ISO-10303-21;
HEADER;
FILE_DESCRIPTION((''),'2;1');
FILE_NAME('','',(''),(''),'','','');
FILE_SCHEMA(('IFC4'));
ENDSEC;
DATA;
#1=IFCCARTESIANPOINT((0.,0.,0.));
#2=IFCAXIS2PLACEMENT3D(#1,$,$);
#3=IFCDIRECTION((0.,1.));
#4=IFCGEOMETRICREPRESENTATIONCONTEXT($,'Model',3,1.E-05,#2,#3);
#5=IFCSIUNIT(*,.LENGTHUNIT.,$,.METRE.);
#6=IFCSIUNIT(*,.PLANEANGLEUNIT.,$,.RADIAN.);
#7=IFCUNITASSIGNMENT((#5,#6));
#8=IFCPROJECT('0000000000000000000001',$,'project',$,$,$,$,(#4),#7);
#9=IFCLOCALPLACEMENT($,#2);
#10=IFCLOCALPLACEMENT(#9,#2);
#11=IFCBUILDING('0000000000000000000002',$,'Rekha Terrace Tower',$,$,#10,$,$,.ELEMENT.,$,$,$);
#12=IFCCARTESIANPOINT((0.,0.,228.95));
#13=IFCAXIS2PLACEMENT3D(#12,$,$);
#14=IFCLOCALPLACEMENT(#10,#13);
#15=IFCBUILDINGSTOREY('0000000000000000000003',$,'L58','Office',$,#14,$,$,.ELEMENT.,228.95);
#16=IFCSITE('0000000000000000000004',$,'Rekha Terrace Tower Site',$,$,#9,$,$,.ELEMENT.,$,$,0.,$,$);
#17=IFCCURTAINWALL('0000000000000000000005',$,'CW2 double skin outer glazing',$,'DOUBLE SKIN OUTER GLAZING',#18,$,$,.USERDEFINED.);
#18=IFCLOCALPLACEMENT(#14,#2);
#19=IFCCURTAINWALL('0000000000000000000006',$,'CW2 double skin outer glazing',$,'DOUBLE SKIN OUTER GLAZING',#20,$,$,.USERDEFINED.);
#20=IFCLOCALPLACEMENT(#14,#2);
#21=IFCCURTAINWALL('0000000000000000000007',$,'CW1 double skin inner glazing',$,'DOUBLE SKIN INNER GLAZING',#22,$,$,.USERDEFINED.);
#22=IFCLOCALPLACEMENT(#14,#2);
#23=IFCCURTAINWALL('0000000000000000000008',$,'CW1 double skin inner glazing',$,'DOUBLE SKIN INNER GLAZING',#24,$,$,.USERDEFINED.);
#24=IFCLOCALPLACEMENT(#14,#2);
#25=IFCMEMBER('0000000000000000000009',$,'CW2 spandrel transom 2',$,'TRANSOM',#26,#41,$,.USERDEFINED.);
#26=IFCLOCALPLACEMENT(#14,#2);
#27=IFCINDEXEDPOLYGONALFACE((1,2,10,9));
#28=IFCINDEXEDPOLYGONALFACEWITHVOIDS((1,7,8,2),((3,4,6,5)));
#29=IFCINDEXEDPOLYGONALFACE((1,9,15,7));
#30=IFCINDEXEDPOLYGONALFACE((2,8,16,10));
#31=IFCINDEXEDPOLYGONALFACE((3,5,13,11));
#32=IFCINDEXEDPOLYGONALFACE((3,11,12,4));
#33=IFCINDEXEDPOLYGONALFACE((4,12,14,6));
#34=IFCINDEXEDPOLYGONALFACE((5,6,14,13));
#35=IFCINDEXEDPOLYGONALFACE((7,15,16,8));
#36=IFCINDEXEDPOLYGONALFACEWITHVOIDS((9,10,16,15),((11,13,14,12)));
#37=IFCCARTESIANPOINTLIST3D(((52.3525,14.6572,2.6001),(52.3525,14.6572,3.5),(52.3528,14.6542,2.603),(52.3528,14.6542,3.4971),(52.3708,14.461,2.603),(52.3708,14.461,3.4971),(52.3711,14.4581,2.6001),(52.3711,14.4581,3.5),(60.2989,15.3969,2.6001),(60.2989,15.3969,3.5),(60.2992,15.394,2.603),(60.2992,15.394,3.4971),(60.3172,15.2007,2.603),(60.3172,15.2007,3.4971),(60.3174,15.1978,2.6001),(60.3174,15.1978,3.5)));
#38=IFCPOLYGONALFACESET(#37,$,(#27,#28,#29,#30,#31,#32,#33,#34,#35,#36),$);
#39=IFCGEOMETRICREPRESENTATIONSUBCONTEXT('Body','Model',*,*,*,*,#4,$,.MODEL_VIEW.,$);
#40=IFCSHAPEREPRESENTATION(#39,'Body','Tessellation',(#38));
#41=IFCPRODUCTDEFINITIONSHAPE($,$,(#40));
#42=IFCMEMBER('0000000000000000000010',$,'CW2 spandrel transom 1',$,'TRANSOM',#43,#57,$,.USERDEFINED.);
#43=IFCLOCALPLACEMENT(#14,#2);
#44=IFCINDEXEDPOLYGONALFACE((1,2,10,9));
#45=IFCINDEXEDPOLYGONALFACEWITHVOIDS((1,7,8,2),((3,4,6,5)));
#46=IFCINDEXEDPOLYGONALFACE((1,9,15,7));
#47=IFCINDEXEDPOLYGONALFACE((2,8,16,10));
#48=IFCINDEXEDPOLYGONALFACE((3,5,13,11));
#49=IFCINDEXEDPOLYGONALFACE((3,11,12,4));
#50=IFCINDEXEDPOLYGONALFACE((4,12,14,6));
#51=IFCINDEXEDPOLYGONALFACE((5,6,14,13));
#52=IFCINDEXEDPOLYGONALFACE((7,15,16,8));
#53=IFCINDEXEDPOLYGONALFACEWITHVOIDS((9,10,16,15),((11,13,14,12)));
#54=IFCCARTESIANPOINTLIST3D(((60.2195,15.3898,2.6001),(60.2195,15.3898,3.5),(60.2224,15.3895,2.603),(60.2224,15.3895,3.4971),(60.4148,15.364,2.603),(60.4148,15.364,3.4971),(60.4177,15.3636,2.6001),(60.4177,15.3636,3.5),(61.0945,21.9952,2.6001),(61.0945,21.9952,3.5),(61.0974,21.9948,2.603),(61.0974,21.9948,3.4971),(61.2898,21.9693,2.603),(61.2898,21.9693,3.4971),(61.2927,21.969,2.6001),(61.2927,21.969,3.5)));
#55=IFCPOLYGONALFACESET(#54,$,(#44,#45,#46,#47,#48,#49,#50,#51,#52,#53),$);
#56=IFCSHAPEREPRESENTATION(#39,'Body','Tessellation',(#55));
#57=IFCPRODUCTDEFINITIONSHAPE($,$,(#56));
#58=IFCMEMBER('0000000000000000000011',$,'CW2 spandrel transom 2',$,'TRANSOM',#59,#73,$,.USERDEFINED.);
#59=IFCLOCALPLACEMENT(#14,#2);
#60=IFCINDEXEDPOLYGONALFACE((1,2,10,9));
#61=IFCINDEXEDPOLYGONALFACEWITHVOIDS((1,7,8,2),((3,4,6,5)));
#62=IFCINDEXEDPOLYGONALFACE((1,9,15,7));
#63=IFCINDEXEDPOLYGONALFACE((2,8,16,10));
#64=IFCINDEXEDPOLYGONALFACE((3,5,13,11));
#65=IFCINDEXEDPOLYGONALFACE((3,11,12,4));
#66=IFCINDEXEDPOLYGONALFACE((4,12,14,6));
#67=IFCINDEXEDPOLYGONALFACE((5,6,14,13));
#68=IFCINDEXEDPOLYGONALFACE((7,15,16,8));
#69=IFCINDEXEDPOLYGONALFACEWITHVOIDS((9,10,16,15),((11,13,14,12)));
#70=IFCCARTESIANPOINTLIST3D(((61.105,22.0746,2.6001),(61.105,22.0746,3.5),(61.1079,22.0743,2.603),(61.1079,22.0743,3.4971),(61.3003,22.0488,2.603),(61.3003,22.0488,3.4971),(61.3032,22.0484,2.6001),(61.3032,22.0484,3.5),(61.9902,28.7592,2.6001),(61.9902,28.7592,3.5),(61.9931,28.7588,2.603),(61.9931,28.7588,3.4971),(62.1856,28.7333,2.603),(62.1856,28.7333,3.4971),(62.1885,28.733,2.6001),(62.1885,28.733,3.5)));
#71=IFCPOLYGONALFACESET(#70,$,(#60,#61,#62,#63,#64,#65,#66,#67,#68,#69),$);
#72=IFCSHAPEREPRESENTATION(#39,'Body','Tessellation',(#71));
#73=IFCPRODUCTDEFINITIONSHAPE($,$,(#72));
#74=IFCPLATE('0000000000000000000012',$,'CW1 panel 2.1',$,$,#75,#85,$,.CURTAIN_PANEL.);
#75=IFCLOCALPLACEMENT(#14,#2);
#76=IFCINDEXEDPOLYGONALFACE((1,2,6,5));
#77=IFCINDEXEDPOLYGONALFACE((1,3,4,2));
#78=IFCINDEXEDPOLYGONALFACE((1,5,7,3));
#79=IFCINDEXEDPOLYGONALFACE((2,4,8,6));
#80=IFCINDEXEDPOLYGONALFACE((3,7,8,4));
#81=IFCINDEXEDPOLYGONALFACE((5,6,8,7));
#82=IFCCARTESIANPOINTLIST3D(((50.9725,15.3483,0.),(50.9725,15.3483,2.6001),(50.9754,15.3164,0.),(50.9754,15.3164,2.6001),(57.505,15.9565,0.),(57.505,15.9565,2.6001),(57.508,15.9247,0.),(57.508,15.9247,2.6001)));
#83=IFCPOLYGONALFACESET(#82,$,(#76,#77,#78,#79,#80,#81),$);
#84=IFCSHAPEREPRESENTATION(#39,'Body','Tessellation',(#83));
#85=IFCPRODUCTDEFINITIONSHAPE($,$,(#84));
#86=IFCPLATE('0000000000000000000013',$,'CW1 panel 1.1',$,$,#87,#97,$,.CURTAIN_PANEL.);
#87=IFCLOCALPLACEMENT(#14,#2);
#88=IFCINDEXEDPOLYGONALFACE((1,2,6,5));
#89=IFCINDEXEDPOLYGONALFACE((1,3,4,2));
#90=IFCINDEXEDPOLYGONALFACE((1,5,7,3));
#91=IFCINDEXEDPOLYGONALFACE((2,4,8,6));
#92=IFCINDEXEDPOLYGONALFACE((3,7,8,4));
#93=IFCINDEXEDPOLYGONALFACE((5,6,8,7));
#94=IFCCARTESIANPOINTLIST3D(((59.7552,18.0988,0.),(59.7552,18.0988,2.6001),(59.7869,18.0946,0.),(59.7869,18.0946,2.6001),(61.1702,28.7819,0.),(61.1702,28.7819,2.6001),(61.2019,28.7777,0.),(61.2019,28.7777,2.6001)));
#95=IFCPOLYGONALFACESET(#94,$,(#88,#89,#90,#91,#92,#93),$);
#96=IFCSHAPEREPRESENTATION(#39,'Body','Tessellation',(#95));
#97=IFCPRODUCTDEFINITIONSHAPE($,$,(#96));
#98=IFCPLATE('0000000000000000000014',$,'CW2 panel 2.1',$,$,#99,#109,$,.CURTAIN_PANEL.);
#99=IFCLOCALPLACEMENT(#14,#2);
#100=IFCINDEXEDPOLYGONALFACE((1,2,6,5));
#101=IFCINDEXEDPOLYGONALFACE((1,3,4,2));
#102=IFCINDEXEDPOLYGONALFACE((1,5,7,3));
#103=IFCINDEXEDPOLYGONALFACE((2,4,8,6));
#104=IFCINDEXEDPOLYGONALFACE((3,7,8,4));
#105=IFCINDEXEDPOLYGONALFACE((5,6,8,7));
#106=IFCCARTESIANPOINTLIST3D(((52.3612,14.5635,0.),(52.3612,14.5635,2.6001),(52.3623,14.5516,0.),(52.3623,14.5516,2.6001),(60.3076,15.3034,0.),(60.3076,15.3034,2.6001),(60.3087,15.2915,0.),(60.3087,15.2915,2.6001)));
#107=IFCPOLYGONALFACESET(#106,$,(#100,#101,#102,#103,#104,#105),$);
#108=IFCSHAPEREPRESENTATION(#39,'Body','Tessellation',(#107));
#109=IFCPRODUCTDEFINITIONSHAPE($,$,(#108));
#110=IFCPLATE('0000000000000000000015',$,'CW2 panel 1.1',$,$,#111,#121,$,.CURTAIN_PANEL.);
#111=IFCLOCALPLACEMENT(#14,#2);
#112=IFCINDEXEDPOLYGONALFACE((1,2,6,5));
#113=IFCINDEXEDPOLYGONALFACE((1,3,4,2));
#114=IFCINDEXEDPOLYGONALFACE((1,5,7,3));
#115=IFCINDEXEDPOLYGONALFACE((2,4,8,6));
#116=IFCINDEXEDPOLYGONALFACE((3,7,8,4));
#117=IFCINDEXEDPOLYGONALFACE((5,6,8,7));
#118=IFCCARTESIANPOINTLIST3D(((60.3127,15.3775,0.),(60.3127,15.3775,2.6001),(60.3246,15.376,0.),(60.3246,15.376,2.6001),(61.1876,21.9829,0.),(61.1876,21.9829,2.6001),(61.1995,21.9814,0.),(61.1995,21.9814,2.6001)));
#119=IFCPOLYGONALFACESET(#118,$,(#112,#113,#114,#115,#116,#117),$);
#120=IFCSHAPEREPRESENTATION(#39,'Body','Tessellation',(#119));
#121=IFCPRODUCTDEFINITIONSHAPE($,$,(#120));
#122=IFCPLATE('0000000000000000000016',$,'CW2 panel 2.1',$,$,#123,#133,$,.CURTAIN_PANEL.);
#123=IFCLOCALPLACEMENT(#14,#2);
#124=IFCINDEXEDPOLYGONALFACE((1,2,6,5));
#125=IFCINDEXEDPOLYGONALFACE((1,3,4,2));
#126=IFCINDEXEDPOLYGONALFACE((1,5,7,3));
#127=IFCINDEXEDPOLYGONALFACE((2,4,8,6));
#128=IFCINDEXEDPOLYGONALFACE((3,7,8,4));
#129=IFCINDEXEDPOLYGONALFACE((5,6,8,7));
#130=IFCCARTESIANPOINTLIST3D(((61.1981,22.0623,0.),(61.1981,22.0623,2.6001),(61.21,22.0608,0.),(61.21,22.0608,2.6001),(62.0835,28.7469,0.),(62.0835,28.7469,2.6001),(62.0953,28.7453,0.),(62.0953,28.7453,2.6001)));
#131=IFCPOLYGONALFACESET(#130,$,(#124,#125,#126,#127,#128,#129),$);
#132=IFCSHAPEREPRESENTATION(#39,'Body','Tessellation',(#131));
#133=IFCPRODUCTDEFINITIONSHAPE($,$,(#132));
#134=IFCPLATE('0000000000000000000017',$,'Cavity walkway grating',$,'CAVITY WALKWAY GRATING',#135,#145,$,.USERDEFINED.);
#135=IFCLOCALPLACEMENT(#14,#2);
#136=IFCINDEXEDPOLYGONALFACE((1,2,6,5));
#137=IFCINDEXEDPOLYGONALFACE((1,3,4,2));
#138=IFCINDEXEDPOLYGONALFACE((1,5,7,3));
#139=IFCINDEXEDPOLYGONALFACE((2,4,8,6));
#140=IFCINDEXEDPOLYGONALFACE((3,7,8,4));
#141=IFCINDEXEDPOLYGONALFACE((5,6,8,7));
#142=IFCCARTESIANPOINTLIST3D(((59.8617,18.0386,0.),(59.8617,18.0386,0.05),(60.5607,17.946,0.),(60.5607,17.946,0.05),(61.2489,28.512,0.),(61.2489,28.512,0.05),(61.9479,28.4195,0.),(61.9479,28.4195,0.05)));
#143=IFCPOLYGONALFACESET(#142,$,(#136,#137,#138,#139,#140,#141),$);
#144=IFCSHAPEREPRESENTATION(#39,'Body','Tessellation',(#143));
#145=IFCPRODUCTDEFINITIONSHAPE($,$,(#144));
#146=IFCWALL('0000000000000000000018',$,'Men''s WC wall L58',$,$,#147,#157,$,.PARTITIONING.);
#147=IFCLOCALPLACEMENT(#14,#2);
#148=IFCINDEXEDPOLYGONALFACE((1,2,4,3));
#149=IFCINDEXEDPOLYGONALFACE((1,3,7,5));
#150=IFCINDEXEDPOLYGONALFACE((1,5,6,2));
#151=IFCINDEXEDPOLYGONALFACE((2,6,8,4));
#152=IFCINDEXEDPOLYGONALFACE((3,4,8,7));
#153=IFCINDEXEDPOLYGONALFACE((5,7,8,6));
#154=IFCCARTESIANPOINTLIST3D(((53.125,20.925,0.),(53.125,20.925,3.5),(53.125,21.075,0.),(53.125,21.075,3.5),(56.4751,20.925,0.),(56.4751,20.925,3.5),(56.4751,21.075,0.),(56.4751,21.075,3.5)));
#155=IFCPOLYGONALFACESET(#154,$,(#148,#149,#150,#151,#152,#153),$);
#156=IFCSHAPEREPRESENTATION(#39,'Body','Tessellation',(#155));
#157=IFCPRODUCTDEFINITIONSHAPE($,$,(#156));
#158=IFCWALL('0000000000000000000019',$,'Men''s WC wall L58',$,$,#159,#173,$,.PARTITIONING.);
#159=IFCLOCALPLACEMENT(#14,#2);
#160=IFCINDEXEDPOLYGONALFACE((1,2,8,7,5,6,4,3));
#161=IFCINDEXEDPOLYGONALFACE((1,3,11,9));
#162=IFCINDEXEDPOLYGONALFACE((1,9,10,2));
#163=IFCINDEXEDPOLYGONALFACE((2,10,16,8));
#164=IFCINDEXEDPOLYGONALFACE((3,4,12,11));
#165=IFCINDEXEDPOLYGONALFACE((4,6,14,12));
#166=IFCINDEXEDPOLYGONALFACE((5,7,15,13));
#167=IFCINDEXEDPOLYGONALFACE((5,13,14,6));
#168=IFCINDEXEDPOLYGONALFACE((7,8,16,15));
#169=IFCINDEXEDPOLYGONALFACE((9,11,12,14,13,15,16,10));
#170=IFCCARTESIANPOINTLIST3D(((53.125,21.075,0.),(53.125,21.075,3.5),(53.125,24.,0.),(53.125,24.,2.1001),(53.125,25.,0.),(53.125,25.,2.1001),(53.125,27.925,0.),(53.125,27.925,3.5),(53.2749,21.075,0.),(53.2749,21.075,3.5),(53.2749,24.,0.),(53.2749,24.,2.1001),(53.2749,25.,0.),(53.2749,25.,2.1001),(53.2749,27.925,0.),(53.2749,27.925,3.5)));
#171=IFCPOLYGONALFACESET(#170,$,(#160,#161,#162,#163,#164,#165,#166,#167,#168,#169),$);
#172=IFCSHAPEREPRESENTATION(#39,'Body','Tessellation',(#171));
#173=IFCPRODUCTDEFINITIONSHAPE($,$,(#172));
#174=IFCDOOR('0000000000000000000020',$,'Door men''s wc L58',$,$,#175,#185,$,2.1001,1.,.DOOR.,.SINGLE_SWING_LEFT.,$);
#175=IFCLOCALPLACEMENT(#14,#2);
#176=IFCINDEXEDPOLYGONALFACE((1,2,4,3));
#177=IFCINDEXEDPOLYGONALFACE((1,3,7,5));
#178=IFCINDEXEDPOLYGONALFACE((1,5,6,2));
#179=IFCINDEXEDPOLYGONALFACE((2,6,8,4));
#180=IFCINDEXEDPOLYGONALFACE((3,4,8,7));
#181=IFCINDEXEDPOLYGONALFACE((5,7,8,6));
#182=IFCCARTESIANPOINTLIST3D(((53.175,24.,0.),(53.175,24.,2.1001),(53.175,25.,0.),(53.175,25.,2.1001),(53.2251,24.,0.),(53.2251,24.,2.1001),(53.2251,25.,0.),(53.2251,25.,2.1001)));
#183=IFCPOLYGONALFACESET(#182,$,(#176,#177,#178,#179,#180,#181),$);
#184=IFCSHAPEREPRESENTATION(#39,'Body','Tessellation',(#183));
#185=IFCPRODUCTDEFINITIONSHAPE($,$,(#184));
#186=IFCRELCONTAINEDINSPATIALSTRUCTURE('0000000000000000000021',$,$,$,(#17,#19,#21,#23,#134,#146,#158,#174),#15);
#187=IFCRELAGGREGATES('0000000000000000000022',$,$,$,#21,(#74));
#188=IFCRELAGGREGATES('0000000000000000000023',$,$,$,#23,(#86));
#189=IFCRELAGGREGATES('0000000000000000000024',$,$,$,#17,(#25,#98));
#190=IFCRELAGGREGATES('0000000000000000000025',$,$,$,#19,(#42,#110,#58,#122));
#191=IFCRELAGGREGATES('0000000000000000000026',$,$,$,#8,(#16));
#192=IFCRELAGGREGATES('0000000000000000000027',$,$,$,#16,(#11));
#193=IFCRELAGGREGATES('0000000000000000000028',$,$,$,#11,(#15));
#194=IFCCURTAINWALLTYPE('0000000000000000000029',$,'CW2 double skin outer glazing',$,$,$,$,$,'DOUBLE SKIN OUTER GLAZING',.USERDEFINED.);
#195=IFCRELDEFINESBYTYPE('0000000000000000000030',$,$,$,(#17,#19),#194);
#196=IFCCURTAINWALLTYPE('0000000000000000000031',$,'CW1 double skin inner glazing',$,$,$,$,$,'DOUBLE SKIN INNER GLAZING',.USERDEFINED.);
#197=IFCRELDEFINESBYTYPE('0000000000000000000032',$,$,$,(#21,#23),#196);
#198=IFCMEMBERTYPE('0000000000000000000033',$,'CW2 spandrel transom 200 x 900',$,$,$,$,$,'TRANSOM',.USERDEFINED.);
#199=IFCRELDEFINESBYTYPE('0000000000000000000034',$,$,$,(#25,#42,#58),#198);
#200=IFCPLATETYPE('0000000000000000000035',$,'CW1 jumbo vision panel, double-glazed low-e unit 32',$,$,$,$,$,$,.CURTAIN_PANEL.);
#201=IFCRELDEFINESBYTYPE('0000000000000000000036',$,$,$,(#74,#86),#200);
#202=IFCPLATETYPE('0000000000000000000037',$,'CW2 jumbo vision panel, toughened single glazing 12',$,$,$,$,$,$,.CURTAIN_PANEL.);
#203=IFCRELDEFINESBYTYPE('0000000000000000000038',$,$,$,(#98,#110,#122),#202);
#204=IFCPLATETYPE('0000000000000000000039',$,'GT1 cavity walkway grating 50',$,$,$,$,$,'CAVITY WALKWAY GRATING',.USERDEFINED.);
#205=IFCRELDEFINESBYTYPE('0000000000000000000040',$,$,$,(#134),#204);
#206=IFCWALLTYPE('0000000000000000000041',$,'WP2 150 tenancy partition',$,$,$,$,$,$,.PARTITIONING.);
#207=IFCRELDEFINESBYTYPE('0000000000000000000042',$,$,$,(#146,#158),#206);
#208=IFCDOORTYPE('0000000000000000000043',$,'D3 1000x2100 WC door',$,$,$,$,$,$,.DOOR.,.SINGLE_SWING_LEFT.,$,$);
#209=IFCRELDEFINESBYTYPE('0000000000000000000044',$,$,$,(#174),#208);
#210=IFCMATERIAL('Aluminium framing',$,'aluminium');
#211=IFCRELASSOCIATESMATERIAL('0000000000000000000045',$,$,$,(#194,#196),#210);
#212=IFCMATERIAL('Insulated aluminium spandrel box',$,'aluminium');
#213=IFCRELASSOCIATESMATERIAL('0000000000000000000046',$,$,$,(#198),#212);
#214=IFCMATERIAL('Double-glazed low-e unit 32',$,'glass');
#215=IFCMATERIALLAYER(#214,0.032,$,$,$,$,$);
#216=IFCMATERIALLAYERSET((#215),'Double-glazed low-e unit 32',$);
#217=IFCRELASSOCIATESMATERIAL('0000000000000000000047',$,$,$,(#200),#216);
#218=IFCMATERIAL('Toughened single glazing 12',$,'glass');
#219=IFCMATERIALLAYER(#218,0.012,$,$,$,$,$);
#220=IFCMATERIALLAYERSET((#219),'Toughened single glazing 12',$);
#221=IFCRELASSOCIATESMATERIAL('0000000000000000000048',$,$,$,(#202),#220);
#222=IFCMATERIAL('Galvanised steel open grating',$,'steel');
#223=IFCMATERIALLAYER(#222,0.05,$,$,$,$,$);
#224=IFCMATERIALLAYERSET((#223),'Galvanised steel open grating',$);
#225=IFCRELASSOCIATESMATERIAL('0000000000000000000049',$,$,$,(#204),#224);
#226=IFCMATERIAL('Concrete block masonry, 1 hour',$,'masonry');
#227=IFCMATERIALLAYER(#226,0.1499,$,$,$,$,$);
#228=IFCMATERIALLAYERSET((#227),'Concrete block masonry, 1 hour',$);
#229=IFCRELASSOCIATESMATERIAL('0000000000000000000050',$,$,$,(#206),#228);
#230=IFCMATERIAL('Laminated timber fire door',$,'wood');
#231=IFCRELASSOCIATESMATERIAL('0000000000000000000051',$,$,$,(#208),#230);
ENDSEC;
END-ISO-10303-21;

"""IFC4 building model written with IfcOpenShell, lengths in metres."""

from ifc_helpers import new_model, si_unit, direction, frame, frame_2d, origin, origin_2d, place, context, subcontext, project, spatial, rectangle, hollow_rectangle, extrude, material, layer, layer_set, material_profile, profile_set, type_object, element, fill, aggregate, save


model = new_model("IFC4")

# Units and contexts
model_context = context("Model", 3, precision=1e-05, world=origin(), true_north=direction((0.0, 1.0)))
body_context = subcontext(model_context, "Body", "Model", "MODEL_VIEW")
ifc_project = project(units=[si_unit("LENGTHUNIT", "METRE"), si_unit("PLANEANGLEUNIT", "RADIAN")], contexts=[model_context])

# Site, building, storey
site_placement = place(None, origin())
site = spatial("IfcSite", under=ifc_project, at=site_placement, Name="Rekha Terrace Tower Site", CompositionType="ELEMENT", RefElevation=0.0)
building_placement = place(site_placement, origin())
building = spatial("IfcBuilding", under=site, at=building_placement, Name="Rekha Terrace Tower", CompositionType="ELEMENT")
storey_placement = place(building_placement, frame((0.0, 0.0, 228.95)))
storey = spatial("IfcBuildingStorey", under=building, at=storey_placement, Name="L58", Description="Office", CompositionType="ELEMENT", Elevation=228.95)

# Curtain walls
ifc_material_1 = material(Name="Aluminium framing", Category="aluminium")
curtain_wall_type_1 = type_object("IfcCurtainWallType", Name="CW2 double skin outer glazing", ElementType="DOUBLE SKIN OUTER GLAZING", PredefinedType="USERDEFINED", material=ifc_material_1)
curtain_wall_1_placement = place(storey_placement, origin())
curtain_wall_1 = element("IfcCurtainWall", 1, at=curtain_wall_1_placement, inside=storey, type_object=curtain_wall_type_1, Name="CW2 double skin outer glazing", ObjectType="DOUBLE SKIN OUTER GLAZING", PredefinedType="USERDEFINED")
curtain_wall_2_placement = place(storey_placement, origin())
curtain_wall_2 = element("IfcCurtainWall", 2, at=curtain_wall_2_placement, inside=storey, type_object=curtain_wall_type_1, Name="CW2 double skin outer glazing", ObjectType="DOUBLE SKIN OUTER GLAZING", PredefinedType="USERDEFINED")
curtain_wall_type_2 = type_object("IfcCurtainWallType", Name="CW1 double skin inner glazing", ElementType="DOUBLE SKIN INNER GLAZING", PredefinedType="USERDEFINED", material=ifc_material_1)
curtain_wall_3_placement = place(storey_placement, origin())
curtain_wall_3 = element("IfcCurtainWall", 3, at=curtain_wall_3_placement, inside=storey, type_object=curtain_wall_type_2, Name="CW1 double skin inner glazing", ObjectType="DOUBLE SKIN INNER GLAZING", PredefinedType="USERDEFINED")

# Curtain wall
curtain_wall_4_placement = place(storey_placement, origin())
curtain_wall_4 = element("IfcCurtainWall", 4, at=curtain_wall_4_placement, inside=storey, type_object=curtain_wall_type_2, Name="CW1 double skin inner glazing", ObjectType="DOUBLE SKIN INNER GLAZING", PredefinedType="USERDEFINED")
ifc_material_2 = material(Name="Insulated aluminium spandrel box", Category="aluminium")

# Members
ifc_material_profile_1 = material_profile(ifc_material_2, hollow_rectangle(XDim=0.2, YDim=0.8999, WallThickness=0.0029, at=origin_2d()), Name="AL SPANDREL BOX 200x900")
ifc_profile_set_1 = profile_set([ifc_material_profile_1], Name="Insulated aluminium spandrel box")
member_type_1 = type_object("IfcMemberType", Name="CW2 spandrel transom 200 x 900", ElementType="TRANSOM", PredefinedType="USERDEFINED", material=ifc_profile_set_1)
member_1_placement = place(storey_placement, frame((52.3618, 14.5576, 3.05), z_axis=(0.995695, 0.092692, 0.0), x_axis=(-0.092692, 0.995695, 0.0)))
member_1 = element("IfcMember", 5, at=member_1_placement, type_object=member_type_1, Name="CW2 spandrel transom 2", ObjectType="TRANSOM", PredefinedType="USERDEFINED", context=body_context, shape_type="SweptSolid", body=[
    extrude(hollow_rectangle(XDim=0.2, YDim=0.8999, WallThickness=0.0029, at=origin_2d()), origin(), (0.0, 0.0, 1.0), 7.9807),
])
member_2_placement = place(storey_placement, frame((60.3186, 15.3767, 3.05), z_axis=(0.131319, 0.99134, 0.0), x_axis=(-0.99134, 0.131319, 0.0)))
member_2 = element("IfcMember", 6, at=member_2_placement, type_object=member_type_1, Name="CW2 spandrel transom 1", ObjectType="TRANSOM", PredefinedType="USERDEFINED", context=body_context, shape_type="SweptSolid", body=[
    extrude(hollow_rectangle(XDim=0.2, YDim=0.8999, WallThickness=0.0029, at=origin_2d()), origin(), (0.0, 0.0, 1.0), 6.6631),
])
member_3_placement = place(storey_placement, frame((61.2041, 22.0615, 3.05), z_axis=(0.131286, 0.991345, 0.0), x_axis=(-0.991345, 0.131286, 0.0)))
member_3 = element("IfcMember", 7, at=member_3_placement, type_object=member_type_1, Name="CW2 spandrel transom 2", ObjectType="TRANSOM", PredefinedType="USERDEFINED", context=body_context, shape_type="SweptSolid", body=[
    extrude(hollow_rectangle(XDim=0.2, YDim=0.8999, WallThickness=0.0029, at=origin_2d()), origin(), (0.0, 0.0, 1.0), 6.7429),
])

# Plates
ifc_material_3 = material(Name="Double-glazed low-e unit 32", Category="glass")
ifc_layer_1 = layer(ifc_material_3, 0.032)
ifc_layer_set_1 = layer_set([ifc_layer_1], Name="Double-glazed low-e unit 32")
plate_type_1 = type_object("IfcPlateType", Name="CW1 jumbo vision panel, double-glazed low-e unit 32", PredefinedType="CURTAIN_PANEL", material=ifc_layer_set_1)
plate_1_placement = place(storey_placement, frame((54.2402, 15.6365, 0.0), z_axis=(0.0, 0.0, 1.0), x_axis=(0.995693, 0.092709, 0.0)))
plate_1 = element("IfcPlate", 8, at=plate_1_placement, type_object=plate_type_1, Name="CW1 panel 2.1", PredefinedType="CURTAIN_PANEL", context=body_context, shape_type="SweptSolid", body=[
    extrude(rectangle(XDim=6.5608, YDim=0.032, at=origin_2d()), origin(), (0.0, 0.0, 1.0), 2.6001),
])
aggregate(curtain_wall_3, [plate_1])
plate_2_placement = place(storey_placement, frame((60.4785, 23.4382, 0.0), z_axis=(0.0, 0.0, 1.0), x_axis=(0.131304, 0.991342, 0.0)))
plate_2 = element("IfcPlate", 9, at=plate_2_placement, type_object=plate_type_1, Name="CW1 panel 1.1", PredefinedType="CURTAIN_PANEL", context=body_context, shape_type="SweptSolid", body=[
    extrude(rectangle(XDim=10.7764, YDim=0.032, at=origin_2d()), origin(), (0.0, 0.0, 1.0), 2.6001),
])
aggregate(curtain_wall_4, [plate_2])
ifc_material_4 = material(Name="Toughened single glazing 12", Category="glass")
ifc_layer_2 = layer(ifc_material_4, 0.012)
ifc_layer_set_2 = layer_set([ifc_layer_2], Name="Toughened single glazing 12")
plate_type_2 = type_object("IfcPlateType", Name="CW2 jumbo vision panel, toughened single glazing 12", PredefinedType="CURTAIN_PANEL", material=ifc_layer_set_2)
plate_3_placement = place(storey_placement, frame((56.335, 14.9275, 0.0), z_axis=(0.0, 0.0, 1.0), x_axis=(0.995693, 0.092709, 0.0)))
plate_3 = element("IfcPlate", 10, at=plate_3_placement, type_object=plate_type_2, Name="CW2 panel 2.1", PredefinedType="CURTAIN_PANEL", context=body_context, shape_type="SweptSolid", body=[
    extrude(rectangle(XDim=7.9807, YDim=0.012, at=origin_2d()), origin(), (0.0, 0.0, 1.0), 2.6001),
])
aggregate(curtain_wall_1, [member_1, plate_3])
plate_4_placement = place(storey_placement, frame((60.7561, 18.6794, 0.0), z_axis=(0.0, 0.0, 1.0), x_axis=(0.131304, 0.991342, 0.0)))
plate_4 = element("IfcPlate", 11, at=plate_4_placement, type_object=plate_type_2, Name="CW2 panel 1.1", PredefinedType="CURTAIN_PANEL", context=body_context, shape_type="SweptSolid", body=[
    extrude(rectangle(XDim=6.6631, YDim=0.012, at=origin_2d()), origin(), (0.0, 0.0, 1.0), 2.6001),
])
plate_5_placement = place(storey_placement, frame((61.6467, 25.4038, 0.0), z_axis=(0.0, 0.0, 1.0), x_axis=(0.131304, 0.991342, 0.0)))
plate_5 = element("IfcPlate", 12, at=plate_5_placement, type_object=plate_type_2, Name="CW2 panel 2.1", PredefinedType="CURTAIN_PANEL", context=body_context, shape_type="SweptSolid", body=[
    extrude(rectangle(XDim=6.7429, YDim=0.012, at=origin_2d()), origin(), (0.0, 0.0, 1.0), 2.6001),
])
aggregate(curtain_wall_2, [member_2, plate_4, member_3, plate_5])
ifc_material_5 = material(Name="Galvanised steel open grating", Category="steel")
ifc_layer_3 = layer(ifc_material_5, 0.05)
ifc_layer_set_3 = layer_set([ifc_layer_3], Name="Galvanised steel open grating")
plate_type_3 = type_object("IfcPlateType", Name="GT1 cavity walkway grating 50", ElementType="CAVITY WALKWAY GRATING", PredefinedType="USERDEFINED", material=ifc_layer_set_3)
plate_6_placement = place(storey_placement, frame((60.9048, 23.229, 0.0), z_axis=(0.0, 0.0, 1.0), x_axis=(0.131304, 0.991342, 0.0)))
element("IfcPlate", 13, at=plate_6_placement, inside=storey, type_object=plate_type_3, Name="Cavity walkway grating", ObjectType="CAVITY WALKWAY GRATING", PredefinedType="USERDEFINED", context=body_context, shape_type="SweptSolid", body=[
    extrude(rectangle(XDim=10.5649, YDim=0.7051, at=origin_2d()), origin(), (0.0, 0.0, 1.0), 0.05),
])

# Wall
ifc_material_6 = material(Name="Concrete block masonry, 1 hour", Category="masonry")
ifc_layer_4 = layer(ifc_material_6, 0.1499)
ifc_layer_set_4 = layer_set([ifc_layer_4], Name="Concrete block masonry, 1 hour")
wall_type_1 = type_object("IfcWallType", Name="WP2 150 tenancy partition", PredefinedType="PARTITIONING", material=ifc_layer_set_4)
wall_1_placement = place(storey_placement, frame((53.125, 21.0, 0.0), z_axis=(0.0, 0.0, 1.0), x_axis=(1.0, 0.0, 0.0)))
element("IfcWall", 14, at=wall_1_placement, inside=storey, type_object=wall_type_1, Name="Men's WC wall L58", PredefinedType="PARTITIONING", context=body_context, shape_type="SweptSolid", body=[
    extrude(rectangle(XDim=3.3501, YDim=0.1499, at=frame_2d((1.675, 0.0))), origin(), (0.0, 0.0, 1.0), 3.5),
])

# Wall, opening, door
wall_2_placement = place(storey_placement, frame((53.2, 21.075, 0.0), z_axis=(0.0, 0.0, 1.0), x_axis=(0.0, 1.0, 0.0)))
wall_2 = element("IfcWall", 15, at=wall_2_placement, inside=storey, type_object=wall_type_1, Name="Men's WC wall L58", PredefinedType="PARTITIONING", context=body_context, shape_type="SweptSolid", body=[
    extrude(rectangle(XDim=6.8501, YDim=0.1499, at=frame_2d((3.425, 0.0))), origin(), (0.0, 0.0, 1.0), 3.5),
])
opening_1_placement = place(wall_2_placement, frame((2.925, 0.0, 0.0)))
opening_1 = element("IfcOpeningElement", 16, at=opening_1_placement, cuts=wall_2, PredefinedType="OPENING", context=body_context, shape_type="SweptSolid", body=[
    extrude(rectangle(XDim=1.0, YDim=2.1001, at=frame_2d((0.5, 1.05))), frame((0.0, 0.085, 0.0), z_axis=(0.0, -1.0, 0.0), x_axis=(1.0, 0.0, 0.0)), (0.0, 0.0, 1.0), 0.1699),
])
ifc_material_7 = material(Name="Laminated timber fire door", Category="wood")
door_type_1 = type_object("IfcDoorType", Name="D3 1000x2100 WC door", OperationType="SINGLE_SWING_LEFT", PredefinedType="DOOR", material=ifc_material_7)
door_1_placement = place(opening_1_placement, origin())
door_1 = element("IfcDoor", 17, at=door_1_placement, inside=storey, type_object=door_type_1, Name="Door men's wc L58", OperationType="SINGLE_SWING_LEFT", OverallHeight=2.1001, OverallWidth=1.0, PredefinedType="DOOR", context=body_context, shape_type="SweptSolid", body=[
    extrude(rectangle(XDim=1.0, YDim=2.1001, at=frame_2d((0.5, 1.05))), frame((0.0, 0.0249, 0.0), z_axis=(0.0, -1.0, 0.0), x_axis=(1.0, 0.0, 0.0)), (0.0, 0.0, 1.0), 0.05),
])
fill(opening_1, door_1)

save(model, "model.ifc")
